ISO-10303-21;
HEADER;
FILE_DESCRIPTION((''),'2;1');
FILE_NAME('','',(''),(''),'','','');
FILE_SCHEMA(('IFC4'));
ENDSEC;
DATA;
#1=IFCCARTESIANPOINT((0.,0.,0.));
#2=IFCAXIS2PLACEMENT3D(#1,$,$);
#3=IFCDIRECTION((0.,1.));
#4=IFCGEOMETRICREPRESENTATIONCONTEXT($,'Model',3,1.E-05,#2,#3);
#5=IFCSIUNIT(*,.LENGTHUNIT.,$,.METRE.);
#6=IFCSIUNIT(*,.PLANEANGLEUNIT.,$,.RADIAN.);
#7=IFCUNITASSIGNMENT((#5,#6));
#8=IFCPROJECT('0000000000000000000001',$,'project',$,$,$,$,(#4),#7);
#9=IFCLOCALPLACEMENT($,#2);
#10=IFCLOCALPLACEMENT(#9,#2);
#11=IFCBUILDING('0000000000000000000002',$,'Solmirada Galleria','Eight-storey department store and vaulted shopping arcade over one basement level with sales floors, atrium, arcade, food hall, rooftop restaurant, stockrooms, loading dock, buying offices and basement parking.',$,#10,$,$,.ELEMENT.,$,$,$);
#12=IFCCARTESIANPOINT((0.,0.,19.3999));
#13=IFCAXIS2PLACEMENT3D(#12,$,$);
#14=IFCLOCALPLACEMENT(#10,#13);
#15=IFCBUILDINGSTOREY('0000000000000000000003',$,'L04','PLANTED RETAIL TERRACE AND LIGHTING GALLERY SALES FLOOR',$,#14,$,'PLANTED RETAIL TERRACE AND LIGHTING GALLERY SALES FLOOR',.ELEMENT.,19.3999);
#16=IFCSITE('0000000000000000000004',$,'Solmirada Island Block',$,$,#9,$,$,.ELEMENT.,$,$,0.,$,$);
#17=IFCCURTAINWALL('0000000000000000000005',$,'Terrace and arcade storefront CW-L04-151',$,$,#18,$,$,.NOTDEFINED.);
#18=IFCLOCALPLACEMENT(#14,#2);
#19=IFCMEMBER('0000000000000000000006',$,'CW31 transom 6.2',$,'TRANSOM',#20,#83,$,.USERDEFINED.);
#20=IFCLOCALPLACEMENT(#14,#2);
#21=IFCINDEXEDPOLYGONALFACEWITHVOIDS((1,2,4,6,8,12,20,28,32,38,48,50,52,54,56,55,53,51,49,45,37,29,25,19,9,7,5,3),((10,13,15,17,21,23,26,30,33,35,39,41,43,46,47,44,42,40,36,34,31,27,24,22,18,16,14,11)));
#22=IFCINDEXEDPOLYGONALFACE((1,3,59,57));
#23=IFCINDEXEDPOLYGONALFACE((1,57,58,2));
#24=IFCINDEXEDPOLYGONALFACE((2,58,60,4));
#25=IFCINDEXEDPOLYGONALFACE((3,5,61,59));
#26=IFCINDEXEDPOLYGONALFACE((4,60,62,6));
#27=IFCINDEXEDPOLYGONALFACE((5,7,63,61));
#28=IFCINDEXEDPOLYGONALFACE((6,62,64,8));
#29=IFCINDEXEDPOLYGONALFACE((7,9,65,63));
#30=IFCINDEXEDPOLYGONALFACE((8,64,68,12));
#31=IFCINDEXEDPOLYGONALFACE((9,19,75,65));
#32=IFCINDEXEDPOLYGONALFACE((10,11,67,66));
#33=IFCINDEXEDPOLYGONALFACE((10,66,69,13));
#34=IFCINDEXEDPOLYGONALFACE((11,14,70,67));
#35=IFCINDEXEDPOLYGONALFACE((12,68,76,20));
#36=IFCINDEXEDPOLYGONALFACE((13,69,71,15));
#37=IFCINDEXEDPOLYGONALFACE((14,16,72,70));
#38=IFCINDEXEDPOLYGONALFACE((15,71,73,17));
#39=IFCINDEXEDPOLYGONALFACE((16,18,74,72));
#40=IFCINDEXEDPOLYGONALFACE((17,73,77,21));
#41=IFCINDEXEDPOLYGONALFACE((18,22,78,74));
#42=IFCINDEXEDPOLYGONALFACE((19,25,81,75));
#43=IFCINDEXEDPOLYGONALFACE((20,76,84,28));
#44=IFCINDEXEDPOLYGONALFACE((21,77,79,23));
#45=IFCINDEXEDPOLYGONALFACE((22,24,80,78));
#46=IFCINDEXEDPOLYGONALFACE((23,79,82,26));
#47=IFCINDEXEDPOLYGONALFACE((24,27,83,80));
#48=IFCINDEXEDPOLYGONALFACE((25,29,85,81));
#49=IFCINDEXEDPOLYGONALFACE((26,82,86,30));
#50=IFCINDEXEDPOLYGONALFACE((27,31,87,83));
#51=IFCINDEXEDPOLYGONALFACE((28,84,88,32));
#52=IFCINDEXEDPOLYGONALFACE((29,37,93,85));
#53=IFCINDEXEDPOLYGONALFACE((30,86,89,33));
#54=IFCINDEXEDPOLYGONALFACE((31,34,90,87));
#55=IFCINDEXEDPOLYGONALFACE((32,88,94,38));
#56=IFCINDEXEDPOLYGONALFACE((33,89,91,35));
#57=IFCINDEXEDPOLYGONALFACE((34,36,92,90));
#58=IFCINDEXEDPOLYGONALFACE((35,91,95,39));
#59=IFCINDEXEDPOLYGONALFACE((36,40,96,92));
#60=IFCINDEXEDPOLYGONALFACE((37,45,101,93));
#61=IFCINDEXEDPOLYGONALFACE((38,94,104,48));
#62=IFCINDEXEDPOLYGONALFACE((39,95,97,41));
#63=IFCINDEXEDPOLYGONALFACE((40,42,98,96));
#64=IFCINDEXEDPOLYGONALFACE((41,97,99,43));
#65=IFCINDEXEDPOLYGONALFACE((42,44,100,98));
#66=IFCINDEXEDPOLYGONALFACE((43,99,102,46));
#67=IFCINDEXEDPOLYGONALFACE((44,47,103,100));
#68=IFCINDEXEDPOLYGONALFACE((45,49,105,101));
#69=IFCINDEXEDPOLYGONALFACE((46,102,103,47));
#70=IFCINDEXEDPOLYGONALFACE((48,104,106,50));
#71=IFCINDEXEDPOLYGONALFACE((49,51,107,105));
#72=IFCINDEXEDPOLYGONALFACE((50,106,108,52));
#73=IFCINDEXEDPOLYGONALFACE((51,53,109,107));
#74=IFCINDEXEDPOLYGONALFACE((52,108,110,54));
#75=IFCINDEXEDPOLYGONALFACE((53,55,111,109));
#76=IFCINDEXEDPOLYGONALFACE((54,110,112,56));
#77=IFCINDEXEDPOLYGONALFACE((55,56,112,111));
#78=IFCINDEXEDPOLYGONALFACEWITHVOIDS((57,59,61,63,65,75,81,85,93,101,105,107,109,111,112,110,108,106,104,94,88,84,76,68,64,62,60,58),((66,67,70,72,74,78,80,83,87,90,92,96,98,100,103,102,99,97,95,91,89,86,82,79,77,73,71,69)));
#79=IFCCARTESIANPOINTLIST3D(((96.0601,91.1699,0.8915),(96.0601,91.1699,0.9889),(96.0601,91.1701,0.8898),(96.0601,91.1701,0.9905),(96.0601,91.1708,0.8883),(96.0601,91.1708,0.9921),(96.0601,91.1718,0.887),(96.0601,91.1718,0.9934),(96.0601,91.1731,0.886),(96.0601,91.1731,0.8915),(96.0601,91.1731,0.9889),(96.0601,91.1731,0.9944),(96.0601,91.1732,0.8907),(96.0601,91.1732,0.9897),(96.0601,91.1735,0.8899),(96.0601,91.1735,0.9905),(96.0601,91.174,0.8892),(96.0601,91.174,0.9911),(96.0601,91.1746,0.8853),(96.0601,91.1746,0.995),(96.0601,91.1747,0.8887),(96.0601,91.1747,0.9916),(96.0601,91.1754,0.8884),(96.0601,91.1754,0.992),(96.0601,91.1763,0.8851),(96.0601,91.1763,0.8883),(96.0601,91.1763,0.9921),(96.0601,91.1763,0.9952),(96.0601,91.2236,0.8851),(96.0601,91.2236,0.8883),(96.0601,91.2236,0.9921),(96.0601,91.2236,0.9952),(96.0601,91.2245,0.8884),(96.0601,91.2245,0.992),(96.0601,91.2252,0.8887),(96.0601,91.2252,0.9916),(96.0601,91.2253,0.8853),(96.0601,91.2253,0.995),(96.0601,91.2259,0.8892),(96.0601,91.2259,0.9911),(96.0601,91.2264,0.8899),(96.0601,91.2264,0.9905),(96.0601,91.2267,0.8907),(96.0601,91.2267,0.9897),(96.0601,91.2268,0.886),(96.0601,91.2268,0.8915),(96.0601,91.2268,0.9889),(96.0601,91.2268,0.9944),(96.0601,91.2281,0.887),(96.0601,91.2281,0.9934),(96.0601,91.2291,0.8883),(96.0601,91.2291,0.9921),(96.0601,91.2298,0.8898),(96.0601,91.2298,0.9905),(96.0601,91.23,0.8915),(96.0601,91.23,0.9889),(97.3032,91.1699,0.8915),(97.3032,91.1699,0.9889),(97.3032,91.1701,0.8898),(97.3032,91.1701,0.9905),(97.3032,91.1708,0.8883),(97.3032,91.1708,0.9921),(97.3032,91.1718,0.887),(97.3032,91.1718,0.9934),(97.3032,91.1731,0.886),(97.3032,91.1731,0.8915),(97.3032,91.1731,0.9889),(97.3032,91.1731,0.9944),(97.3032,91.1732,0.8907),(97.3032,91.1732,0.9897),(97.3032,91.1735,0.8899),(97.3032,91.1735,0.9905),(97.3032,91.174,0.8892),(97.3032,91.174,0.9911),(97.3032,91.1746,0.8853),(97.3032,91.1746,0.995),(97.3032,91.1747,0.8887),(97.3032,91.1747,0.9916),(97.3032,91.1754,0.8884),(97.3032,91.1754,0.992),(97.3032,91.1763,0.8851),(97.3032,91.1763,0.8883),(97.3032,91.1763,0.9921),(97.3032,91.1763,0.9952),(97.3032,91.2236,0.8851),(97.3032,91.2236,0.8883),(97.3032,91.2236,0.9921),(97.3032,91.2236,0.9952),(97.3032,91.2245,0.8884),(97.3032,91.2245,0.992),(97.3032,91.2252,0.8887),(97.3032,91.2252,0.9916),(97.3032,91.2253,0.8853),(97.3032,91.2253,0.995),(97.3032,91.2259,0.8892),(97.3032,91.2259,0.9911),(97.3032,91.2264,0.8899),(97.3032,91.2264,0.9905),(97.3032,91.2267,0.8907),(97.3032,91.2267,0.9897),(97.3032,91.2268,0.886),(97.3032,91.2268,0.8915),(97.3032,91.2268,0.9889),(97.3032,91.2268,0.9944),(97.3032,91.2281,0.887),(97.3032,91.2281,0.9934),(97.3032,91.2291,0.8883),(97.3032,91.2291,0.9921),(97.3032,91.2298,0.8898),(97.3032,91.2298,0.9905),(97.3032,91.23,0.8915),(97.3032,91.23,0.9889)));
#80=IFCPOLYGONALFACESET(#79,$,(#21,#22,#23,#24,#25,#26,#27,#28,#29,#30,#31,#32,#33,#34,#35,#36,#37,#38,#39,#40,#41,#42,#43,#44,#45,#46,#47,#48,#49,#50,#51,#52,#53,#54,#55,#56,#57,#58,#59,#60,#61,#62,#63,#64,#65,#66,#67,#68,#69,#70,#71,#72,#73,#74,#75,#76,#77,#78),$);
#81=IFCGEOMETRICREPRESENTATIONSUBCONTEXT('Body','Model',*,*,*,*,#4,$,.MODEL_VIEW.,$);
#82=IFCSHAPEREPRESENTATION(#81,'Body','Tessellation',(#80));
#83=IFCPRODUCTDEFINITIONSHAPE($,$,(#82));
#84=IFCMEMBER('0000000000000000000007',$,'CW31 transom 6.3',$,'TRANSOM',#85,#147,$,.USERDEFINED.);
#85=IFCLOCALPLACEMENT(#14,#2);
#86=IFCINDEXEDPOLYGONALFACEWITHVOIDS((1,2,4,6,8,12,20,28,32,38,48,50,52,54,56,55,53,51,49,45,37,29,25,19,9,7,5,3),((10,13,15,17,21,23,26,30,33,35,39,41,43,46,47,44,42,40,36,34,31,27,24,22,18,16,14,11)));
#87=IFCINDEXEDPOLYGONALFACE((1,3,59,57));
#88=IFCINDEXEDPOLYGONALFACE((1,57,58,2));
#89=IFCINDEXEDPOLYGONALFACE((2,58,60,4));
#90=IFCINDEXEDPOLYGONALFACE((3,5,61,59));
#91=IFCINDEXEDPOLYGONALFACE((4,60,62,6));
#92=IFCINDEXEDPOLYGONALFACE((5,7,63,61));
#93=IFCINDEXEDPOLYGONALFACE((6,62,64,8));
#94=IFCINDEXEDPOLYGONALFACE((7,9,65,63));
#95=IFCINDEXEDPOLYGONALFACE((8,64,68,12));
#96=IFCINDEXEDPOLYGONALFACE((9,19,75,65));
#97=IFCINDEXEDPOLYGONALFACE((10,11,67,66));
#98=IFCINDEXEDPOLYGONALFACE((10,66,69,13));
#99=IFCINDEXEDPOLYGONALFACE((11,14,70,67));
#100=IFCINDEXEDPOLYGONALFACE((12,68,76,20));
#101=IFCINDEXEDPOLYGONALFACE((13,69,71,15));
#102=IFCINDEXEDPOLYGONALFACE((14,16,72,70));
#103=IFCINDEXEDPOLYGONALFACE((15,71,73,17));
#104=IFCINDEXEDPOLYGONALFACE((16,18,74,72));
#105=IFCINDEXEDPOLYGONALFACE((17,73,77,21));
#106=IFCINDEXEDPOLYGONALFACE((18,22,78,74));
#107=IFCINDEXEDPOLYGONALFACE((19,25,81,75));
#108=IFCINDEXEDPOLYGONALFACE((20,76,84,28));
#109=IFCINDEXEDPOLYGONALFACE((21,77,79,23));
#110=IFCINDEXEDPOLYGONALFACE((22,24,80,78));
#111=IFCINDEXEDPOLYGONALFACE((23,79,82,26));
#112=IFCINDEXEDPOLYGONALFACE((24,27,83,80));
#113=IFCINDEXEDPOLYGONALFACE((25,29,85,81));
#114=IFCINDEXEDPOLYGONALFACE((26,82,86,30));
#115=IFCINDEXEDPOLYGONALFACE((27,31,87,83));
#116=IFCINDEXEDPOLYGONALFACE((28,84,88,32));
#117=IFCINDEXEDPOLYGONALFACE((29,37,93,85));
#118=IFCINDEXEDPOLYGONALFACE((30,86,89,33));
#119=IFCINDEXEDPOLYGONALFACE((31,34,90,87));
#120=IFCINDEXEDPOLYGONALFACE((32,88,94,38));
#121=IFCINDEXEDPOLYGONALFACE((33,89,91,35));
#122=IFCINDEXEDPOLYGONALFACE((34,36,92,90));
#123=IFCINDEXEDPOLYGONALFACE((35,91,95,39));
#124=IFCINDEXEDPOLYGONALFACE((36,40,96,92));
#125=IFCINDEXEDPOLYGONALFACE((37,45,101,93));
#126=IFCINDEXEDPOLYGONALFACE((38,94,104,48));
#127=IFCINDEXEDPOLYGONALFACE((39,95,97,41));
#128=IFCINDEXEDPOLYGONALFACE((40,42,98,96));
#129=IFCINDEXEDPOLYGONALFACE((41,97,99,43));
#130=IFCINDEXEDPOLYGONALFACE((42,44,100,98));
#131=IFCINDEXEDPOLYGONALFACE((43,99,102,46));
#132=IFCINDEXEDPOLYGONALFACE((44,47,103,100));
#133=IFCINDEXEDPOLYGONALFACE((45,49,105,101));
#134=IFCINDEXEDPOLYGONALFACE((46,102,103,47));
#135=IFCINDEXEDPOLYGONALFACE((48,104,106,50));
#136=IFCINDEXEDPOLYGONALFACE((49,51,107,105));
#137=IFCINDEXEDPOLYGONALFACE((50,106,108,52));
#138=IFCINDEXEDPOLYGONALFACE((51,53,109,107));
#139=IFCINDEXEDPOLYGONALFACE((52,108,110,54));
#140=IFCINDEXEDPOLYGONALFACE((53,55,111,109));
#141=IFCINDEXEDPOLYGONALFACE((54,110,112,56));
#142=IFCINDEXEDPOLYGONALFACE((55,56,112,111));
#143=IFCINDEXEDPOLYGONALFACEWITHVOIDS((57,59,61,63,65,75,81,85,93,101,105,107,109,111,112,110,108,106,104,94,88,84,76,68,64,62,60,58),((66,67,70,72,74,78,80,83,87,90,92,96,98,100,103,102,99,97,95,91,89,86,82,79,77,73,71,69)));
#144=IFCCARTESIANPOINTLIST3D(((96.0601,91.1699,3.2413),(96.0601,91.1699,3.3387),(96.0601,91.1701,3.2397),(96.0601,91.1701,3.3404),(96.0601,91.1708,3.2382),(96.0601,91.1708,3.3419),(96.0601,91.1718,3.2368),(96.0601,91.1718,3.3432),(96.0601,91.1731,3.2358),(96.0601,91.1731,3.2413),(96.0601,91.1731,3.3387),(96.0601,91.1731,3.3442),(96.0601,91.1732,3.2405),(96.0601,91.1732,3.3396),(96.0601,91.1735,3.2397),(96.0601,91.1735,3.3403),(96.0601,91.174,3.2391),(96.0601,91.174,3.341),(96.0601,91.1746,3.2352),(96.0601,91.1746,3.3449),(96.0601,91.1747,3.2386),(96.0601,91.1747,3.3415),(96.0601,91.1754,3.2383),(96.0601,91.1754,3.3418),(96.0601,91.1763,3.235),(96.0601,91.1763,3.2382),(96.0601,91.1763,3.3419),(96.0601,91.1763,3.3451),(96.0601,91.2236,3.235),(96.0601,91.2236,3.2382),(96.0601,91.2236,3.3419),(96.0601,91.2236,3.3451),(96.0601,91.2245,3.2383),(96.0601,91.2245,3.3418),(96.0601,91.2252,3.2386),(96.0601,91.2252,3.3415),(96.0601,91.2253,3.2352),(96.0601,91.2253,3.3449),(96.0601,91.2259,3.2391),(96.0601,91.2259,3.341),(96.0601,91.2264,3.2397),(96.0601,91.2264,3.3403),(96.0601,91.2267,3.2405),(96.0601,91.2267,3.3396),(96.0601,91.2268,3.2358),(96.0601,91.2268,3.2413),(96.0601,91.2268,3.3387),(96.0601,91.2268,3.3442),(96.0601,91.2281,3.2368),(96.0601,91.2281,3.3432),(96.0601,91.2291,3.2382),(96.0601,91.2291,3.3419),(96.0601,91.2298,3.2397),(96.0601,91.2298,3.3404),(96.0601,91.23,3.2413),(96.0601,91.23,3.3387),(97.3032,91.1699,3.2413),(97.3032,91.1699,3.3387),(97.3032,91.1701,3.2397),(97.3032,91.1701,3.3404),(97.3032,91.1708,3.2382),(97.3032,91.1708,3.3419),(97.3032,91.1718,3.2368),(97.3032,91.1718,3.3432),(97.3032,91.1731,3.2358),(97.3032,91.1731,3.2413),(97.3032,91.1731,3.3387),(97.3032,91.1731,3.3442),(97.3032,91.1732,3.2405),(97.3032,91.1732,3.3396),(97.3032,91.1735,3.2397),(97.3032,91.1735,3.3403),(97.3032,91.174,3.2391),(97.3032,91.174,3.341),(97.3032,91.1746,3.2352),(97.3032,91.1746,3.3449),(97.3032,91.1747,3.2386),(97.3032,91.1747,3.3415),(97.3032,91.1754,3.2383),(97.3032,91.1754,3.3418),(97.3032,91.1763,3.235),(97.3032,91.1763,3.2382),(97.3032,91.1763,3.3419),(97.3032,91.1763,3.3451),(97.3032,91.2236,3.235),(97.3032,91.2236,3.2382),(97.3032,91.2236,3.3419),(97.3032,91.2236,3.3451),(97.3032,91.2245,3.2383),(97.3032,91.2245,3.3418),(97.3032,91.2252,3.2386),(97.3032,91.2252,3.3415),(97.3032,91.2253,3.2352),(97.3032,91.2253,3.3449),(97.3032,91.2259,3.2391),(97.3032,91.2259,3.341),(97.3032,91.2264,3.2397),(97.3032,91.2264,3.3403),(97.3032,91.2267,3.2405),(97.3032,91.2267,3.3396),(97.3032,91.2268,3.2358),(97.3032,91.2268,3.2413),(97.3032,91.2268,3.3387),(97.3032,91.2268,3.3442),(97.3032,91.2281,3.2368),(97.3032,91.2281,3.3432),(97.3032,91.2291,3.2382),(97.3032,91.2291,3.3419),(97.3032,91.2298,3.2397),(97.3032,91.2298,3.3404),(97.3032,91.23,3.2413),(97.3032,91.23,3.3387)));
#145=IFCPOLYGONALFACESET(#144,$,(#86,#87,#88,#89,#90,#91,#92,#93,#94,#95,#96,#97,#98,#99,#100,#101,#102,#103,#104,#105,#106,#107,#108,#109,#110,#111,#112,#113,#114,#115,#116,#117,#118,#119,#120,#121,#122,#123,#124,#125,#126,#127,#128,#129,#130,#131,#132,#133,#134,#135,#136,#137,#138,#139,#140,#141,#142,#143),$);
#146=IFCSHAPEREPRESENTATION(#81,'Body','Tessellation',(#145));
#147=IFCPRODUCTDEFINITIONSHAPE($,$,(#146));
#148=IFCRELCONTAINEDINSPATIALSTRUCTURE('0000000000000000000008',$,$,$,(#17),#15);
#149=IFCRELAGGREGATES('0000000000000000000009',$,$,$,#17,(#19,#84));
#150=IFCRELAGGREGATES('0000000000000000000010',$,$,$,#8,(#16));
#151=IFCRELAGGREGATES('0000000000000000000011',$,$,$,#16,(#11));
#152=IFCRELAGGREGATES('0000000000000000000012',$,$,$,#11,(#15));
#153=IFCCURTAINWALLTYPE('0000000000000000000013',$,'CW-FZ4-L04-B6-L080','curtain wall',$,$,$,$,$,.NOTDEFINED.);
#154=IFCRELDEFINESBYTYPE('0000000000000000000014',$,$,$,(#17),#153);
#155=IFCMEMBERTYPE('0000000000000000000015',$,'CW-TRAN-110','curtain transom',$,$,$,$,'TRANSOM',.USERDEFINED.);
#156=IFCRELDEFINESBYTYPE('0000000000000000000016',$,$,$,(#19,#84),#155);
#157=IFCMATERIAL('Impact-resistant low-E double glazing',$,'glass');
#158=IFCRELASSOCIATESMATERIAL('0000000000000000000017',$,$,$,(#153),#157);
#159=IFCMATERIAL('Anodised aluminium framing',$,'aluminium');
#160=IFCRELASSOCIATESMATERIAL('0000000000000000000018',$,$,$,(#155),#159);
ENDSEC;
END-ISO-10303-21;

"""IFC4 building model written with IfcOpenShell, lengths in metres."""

from ifc_helpers import new_model, si_unit, direction, frame, origin, origin_2d, place, context, subcontext, project, spatial, hollow_rectangle, extrude, material, material_profile, profile_set, type_object, element, aggregate, save


model = new_model("IFC4")

# Units and contexts
model_context = context("Model", 3, precision=1e-05, world=origin(), true_north=direction((0.0, 1.0)))
body_context = subcontext(model_context, "Body", "Model", "MODEL_VIEW")
ifc_project = project(units=[si_unit("LENGTHUNIT", "METRE"), si_unit("PLANEANGLEUNIT", "RADIAN")], contexts=[model_context])

# Site, building, storey
site_placement = place(None, origin())
site = spatial("IfcSite", under=ifc_project, at=site_placement, Name="Solmirada Island Block", CompositionType="ELEMENT", RefElevation=0.0)
building_placement = place(site_placement, origin())
building = spatial("IfcBuilding", under=site, at=building_placement, Name="Solmirada Galleria", Description="Eight-storey department store and vaulted shopping arcade over one basement level with sales floors, atrium, arcade, food hall, rooftop restaurant, stockrooms, loading dock, buying offices and basement parking.", CompositionType="ELEMENT")
storey_placement = place(building_placement, frame((0.0, 0.0, 19.3999)))
storey = spatial("IfcBuildingStorey", under=building, at=storey_placement, Name="L04", Description="PLANTED RETAIL TERRACE AND LIGHTING GALLERY SALES FLOOR", LongName="PLANTED RETAIL TERRACE AND LIGHTING GALLERY SALES FLOOR", CompositionType="ELEMENT", Elevation=19.3999)

# Curtain wall, members
ifc_material_1 = material(Name="Impact-resistant low-E double glazing", Category="glass")
curtain_wall_type = type_object("IfcCurtainWallType", Name="CW-FZ4-L04-B6-L080", Description="curtain wall", PredefinedType="NOTDEFINED", material=ifc_material_1)
curtain_wall_placement = place(storey_placement, origin())
curtain_wall = element("IfcCurtainWall", 1, at=curtain_wall_placement, inside=storey, type_object=curtain_wall_type, Name="Terrace and arcade storefront CW-L04-151", PredefinedType="NOTDEFINED")
ifc_material_2 = material(Name="Anodised aluminium framing", Category="aluminium")
ifc_material_profile_1 = material_profile(ifc_material_2, hollow_rectangle(XDim=0.0601, YDim=0.1101, WallThickness=0.0032, InnerFilletRadius=0.0032, OuterFilletRadius=0.0063, at=origin_2d()), Name="ALU-TRAN-110X60")
ifc_profile_set_1 = profile_set([ifc_material_profile_1], Name="Anodised aluminium framing")
member_type_1 = type_object("IfcMemberType", Name="CW-TRAN-110", Description="curtain transom", ElementType="TRANSOM", PredefinedType="USERDEFINED", material=ifc_profile_set_1)
member_1_placement = place(storey_placement, frame((97.3032, 91.2, 0.9402), z_axis=(-1.0, 0.0, 0.0), x_axis=(0.0, -1.0, 0.0)))
member_1 = element("IfcMember", 2, at=member_1_placement, type_object=member_type_1, Name="CW31 transom 6.2", ObjectType="TRANSOM", PredefinedType="USERDEFINED", context=body_context, shape_type="SweptSolid", body=[
    extrude(hollow_rectangle(XDim=0.0601, YDim=0.1101, WallThickness=0.0032, InnerFilletRadius=0.0032, OuterFilletRadius=0.0063, at=origin_2d()), origin(), (0.0, 0.0, 1.0), 1.2432),
])
member_2_placement = place(storey_placement, frame((97.3032, 91.2, 3.29), z_axis=(-1.0, 0.0, 0.0), x_axis=(0.0, -1.0, 0.0)))
member_2 = element("IfcMember", 3, at=member_2_placement, type_object=member_type_1, Name="CW31 transom 6.3", ObjectType="TRANSOM", PredefinedType="USERDEFINED", context=body_context, shape_type="SweptSolid", body=[
    extrude(hollow_rectangle(XDim=0.0601, YDim=0.1101, WallThickness=0.0032, InnerFilletRadius=0.0032, OuterFilletRadius=0.0063, at=origin_2d()), origin(), (0.0, 0.0, 1.0), 1.2432),
])
aggregate(curtain_wall, [member_1, member_2])

save(model, "model.ifc")
